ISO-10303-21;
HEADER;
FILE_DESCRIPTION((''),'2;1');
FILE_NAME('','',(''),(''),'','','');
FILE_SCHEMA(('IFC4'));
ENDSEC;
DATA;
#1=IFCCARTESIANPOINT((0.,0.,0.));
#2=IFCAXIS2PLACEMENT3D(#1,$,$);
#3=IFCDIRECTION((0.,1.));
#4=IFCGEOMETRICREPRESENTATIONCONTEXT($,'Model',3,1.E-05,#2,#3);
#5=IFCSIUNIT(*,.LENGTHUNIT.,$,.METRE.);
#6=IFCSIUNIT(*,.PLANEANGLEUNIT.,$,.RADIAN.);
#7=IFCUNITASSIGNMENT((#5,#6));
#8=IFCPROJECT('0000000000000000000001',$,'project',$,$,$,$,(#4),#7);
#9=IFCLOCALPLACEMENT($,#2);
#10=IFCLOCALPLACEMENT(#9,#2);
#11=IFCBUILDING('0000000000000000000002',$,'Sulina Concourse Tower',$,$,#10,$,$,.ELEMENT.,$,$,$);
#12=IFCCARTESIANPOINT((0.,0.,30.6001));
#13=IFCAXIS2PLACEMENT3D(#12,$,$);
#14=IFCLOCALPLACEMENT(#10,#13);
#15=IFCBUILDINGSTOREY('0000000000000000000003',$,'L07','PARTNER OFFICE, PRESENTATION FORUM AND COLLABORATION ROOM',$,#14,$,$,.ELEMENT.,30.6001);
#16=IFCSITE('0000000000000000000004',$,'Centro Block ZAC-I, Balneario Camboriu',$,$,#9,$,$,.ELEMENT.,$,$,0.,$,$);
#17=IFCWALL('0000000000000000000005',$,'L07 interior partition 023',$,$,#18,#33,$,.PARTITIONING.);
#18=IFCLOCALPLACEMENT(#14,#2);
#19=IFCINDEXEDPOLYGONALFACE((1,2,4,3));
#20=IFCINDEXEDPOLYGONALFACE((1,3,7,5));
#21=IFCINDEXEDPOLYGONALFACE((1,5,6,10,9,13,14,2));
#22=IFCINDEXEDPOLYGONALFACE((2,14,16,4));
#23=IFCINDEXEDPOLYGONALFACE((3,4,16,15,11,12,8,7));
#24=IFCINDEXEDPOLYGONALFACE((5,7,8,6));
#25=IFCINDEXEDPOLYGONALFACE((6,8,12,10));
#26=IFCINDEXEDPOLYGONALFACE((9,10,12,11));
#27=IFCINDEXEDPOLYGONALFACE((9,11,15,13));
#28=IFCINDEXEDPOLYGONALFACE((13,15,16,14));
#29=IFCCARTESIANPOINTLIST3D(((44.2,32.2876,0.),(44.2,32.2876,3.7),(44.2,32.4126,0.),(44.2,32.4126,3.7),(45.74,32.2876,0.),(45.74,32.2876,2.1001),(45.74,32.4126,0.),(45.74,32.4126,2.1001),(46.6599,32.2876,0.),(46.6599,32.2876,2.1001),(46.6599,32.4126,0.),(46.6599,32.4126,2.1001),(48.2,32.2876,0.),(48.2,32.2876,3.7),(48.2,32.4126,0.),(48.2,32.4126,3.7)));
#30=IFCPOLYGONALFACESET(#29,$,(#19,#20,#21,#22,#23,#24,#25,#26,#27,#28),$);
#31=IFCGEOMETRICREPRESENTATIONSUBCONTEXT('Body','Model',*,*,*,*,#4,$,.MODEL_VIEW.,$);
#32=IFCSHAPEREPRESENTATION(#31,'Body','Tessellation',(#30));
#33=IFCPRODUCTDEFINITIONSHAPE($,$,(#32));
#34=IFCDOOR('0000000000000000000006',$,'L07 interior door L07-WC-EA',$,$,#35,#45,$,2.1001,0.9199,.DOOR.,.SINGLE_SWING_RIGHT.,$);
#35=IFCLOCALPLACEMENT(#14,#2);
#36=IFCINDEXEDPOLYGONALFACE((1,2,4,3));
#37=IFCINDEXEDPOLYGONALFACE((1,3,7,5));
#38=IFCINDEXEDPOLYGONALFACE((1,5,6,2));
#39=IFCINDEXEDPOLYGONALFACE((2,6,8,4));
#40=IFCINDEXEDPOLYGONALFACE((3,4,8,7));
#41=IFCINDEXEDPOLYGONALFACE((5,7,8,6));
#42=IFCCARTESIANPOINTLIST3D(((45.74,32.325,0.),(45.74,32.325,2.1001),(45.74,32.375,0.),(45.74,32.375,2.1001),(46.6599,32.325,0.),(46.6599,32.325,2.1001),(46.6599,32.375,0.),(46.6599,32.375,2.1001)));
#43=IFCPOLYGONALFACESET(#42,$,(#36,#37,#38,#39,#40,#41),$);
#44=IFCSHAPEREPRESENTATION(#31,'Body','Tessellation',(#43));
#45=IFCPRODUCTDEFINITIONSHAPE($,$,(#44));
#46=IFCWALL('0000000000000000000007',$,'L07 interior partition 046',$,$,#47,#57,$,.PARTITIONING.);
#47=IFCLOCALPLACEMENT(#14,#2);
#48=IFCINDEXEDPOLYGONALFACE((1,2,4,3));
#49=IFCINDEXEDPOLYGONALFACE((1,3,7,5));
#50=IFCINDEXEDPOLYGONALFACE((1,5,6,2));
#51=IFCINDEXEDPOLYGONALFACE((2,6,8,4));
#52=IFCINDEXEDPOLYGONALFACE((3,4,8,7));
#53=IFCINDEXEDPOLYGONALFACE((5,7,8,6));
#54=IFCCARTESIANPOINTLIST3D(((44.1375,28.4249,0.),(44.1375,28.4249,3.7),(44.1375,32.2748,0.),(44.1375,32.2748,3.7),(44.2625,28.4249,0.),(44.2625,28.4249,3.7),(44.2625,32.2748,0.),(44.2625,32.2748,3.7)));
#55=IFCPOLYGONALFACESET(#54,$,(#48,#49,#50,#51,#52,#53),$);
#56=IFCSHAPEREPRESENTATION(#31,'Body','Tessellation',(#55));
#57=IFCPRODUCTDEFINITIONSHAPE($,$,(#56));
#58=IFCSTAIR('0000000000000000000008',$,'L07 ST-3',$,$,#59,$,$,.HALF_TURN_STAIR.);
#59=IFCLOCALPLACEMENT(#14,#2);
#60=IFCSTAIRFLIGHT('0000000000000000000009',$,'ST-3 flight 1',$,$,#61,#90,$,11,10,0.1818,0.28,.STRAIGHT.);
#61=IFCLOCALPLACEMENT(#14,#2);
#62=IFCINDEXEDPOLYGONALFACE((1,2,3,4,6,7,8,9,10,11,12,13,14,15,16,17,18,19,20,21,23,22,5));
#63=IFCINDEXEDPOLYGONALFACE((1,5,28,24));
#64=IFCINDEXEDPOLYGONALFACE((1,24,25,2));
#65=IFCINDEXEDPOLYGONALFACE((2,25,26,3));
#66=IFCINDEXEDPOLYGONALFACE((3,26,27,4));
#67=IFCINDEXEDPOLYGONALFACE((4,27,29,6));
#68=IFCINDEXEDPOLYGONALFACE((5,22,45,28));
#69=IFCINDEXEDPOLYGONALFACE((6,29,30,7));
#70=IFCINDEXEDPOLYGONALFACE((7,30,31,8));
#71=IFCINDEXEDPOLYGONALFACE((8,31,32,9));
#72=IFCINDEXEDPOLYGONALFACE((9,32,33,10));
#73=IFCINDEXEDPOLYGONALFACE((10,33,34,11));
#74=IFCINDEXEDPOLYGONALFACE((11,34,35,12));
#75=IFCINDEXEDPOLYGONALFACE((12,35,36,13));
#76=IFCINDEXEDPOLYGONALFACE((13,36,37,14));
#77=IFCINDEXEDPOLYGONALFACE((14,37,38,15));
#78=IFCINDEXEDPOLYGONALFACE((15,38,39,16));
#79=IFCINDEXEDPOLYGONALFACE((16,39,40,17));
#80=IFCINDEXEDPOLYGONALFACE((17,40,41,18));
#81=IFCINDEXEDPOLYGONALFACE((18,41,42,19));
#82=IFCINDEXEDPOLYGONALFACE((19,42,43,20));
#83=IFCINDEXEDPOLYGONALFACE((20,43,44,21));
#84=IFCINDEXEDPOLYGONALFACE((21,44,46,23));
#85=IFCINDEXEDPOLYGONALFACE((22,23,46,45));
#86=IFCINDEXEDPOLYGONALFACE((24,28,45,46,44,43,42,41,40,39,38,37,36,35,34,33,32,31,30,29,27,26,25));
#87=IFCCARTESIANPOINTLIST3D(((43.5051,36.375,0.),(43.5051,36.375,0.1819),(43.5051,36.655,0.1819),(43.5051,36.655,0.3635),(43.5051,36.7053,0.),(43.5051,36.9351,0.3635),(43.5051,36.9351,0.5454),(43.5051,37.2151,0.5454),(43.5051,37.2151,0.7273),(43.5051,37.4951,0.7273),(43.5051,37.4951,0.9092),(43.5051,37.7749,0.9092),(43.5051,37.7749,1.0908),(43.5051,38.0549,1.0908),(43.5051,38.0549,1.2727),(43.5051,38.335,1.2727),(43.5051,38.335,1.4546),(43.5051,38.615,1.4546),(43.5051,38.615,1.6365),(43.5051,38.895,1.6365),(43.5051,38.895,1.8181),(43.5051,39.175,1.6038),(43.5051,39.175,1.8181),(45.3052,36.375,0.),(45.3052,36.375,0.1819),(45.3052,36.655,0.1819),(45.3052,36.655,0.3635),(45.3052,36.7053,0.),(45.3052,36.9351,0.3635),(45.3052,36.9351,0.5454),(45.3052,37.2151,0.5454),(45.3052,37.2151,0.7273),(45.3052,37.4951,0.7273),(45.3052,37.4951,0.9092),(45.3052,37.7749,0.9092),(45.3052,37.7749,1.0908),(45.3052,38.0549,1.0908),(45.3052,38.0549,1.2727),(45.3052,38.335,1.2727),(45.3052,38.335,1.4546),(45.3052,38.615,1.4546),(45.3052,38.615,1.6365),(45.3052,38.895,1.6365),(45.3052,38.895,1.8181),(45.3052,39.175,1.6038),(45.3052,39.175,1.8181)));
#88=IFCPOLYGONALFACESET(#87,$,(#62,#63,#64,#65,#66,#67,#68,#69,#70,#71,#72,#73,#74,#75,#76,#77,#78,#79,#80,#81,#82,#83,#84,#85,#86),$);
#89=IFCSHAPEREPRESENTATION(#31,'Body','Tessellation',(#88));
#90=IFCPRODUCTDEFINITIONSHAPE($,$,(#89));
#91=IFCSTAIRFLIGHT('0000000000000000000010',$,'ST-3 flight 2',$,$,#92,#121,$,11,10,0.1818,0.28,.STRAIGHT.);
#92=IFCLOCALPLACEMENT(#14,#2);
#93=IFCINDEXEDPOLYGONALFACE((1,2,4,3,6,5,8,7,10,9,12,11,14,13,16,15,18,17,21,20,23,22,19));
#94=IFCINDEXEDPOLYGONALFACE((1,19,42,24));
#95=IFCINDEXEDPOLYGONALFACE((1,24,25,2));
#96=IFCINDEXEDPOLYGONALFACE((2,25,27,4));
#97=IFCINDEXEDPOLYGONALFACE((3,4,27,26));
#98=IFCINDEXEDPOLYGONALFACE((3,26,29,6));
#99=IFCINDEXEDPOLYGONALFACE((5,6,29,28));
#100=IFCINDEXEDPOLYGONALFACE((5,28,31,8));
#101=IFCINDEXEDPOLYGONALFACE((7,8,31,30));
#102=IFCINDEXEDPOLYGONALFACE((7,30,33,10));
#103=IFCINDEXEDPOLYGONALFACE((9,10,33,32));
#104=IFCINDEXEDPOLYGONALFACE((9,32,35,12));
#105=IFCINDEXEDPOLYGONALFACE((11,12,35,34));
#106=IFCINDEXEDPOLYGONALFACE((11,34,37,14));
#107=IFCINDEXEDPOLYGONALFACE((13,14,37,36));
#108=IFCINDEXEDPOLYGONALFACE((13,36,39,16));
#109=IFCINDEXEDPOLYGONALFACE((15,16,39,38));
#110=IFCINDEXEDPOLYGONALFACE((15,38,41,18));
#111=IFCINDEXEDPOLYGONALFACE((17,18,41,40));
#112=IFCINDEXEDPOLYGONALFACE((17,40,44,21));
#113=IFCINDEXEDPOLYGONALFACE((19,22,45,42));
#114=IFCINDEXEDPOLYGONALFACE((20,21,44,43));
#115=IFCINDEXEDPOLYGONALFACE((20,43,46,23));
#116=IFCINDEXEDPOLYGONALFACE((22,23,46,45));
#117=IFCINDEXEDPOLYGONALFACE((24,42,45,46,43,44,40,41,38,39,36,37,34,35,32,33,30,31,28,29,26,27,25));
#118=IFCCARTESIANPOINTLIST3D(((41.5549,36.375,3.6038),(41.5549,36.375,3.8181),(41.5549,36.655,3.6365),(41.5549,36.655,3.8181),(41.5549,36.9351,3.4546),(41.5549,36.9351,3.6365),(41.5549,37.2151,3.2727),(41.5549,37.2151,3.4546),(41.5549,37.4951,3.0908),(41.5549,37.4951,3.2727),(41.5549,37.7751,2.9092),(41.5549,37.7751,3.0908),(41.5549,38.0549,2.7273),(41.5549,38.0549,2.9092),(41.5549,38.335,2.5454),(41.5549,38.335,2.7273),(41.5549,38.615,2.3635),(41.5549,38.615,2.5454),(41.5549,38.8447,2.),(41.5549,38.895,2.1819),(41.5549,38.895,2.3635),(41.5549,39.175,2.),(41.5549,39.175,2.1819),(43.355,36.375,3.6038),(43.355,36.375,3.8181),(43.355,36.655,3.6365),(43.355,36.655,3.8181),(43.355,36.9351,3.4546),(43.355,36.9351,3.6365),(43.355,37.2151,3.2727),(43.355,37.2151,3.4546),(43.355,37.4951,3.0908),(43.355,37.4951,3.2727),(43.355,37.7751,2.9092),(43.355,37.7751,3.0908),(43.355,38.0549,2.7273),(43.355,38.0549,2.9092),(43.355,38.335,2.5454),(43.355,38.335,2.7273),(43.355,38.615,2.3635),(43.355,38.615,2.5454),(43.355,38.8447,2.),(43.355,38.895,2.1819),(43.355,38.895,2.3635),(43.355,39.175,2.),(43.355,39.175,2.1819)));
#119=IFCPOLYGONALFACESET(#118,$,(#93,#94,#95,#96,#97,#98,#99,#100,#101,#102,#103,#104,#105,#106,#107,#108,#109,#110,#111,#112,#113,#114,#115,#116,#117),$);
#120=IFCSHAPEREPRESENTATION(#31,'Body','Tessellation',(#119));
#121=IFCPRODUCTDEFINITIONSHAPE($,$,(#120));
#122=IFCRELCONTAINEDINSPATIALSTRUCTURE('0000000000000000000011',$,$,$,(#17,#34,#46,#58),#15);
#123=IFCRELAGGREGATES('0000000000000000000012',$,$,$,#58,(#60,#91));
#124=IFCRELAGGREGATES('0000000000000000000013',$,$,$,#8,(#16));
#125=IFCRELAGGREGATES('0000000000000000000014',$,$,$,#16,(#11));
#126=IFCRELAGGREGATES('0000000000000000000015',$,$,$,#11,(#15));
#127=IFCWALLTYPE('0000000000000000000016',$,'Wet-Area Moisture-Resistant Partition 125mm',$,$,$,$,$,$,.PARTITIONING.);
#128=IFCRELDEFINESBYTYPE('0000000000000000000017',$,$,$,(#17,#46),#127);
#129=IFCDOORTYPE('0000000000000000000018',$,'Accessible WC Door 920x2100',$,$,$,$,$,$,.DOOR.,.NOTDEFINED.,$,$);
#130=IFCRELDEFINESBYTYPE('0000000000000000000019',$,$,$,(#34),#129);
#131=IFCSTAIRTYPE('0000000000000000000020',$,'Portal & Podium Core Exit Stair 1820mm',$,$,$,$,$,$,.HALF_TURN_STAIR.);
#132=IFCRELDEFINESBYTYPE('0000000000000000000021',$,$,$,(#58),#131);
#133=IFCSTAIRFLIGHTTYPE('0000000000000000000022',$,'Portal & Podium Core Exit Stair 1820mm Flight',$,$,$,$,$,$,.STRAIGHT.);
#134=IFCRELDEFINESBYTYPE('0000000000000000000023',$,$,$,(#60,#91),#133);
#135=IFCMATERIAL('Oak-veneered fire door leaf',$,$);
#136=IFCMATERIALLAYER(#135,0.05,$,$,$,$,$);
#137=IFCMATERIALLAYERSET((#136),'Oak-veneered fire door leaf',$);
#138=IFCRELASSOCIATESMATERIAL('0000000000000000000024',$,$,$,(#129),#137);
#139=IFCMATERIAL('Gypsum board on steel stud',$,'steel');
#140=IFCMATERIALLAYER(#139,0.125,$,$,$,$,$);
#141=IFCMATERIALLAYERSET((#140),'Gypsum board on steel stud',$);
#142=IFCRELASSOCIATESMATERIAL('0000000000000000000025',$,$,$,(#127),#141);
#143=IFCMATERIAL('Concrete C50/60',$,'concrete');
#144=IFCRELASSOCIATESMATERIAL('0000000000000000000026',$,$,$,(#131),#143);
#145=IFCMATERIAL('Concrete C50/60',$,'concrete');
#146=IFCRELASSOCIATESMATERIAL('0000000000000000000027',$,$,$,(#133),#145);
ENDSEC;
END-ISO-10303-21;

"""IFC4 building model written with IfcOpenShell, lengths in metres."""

from ifc_helpers import new_model, si_unit, direction, frame, frame_2d, origin, place, context, subcontext, project, spatial, polyline, rectangle, outline, extrude, material, layer, layer_set, type_object, element, fill, aggregate, save


model = new_model("IFC4")

# Units and contexts
model_context = context("Model", 3, precision=1e-05, world=origin(), true_north=direction((0.0, 1.0)))
body_context = subcontext(model_context, "Body", "Model", "MODEL_VIEW")
ifc_project = project(units=[si_unit("LENGTHUNIT", "METRE"), si_unit("PLANEANGLEUNIT", "RADIAN")], contexts=[model_context])

# Site, building, storey
site_placement = place(None, origin())
site = spatial("IfcSite", under=ifc_project, at=site_placement, Name="Centro Block ZAC-I, Balneario Camboriu", CompositionType="ELEMENT", RefElevation=0.0)
building_placement = place(site_placement, origin())
building = spatial("IfcBuilding", under=site, at=building_placement, Name="Sulina Concourse Tower", CompositionType="ELEMENT")
storey_placement = place(building_placement, frame((0.0, 0.0, 30.6001)))
storey = spatial("IfcBuildingStorey", under=building, at=storey_placement, Name="L07", Description="PARTNER OFFICE, PRESENTATION FORUM AND COLLABORATION ROOM", CompositionType="ELEMENT", Elevation=30.6001)

# Shared definitions
ifc_material_1 = material(Name="Oak-veneered fire door leaf")
ifc_layer_1 = layer(ifc_material_1, 0.05)
ifc_layer_set_1 = layer_set([ifc_layer_1], Name="Oak-veneered fire door leaf")
door_type_1 = type_object("IfcDoorType", Name="Accessible WC Door 920x2100", OperationType="NOTDEFINED", PredefinedType="DOOR", material=ifc_layer_set_1)

# Shared definitions
ifc_material_2 = material(Name="Gypsum board on steel stud", Category="steel")
ifc_layer_2 = layer(ifc_material_2, 0.125)
ifc_layer_set_2 = layer_set([ifc_layer_2], Name="Gypsum board on steel stud")
wall_type_1 = type_object("IfcWallType", Name="Wet-Area Moisture-Resistant Partition 125mm", PredefinedType="PARTITIONING", material=ifc_layer_set_2)

# Wall, opening, door
wall_1_placement = place(storey_placement, frame((44.2, 32.3501, 0.0), z_axis=(0.0, 0.0, 1.0), x_axis=(1.0, 0.0, 0.0)))
wall_1 = element("IfcWall", 1, at=wall_1_placement, inside=storey, type_object=wall_type_1, Name="L07 interior partition 023", PredefinedType="PARTITIONING", context=body_context, shape_type="SweptSolid", body=[
    extrude(rectangle(XDim=4.0, YDim=0.125, at=frame_2d((2.0, 0.0))), origin(), (0.0, 0.0, 1.0), 3.7),
])
opening_1_placement = place(wall_1_placement, frame((1.54, 0.0, 0.0)))
opening_1 = element("IfcOpeningElement", 2, at=opening_1_placement, cuts=wall_1, PredefinedType="OPENING", context=body_context, shape_type="SweptSolid", body=[
    extrude(rectangle(XDim=0.9199, YDim=2.1001, at=frame_2d((0.46, 1.05))), frame((0.0, 0.0725, 0.0), z_axis=(0.0, -1.0, 0.0), x_axis=(1.0, 0.0, 0.0)), (0.0, 0.0, 1.0), 0.145),
])
door_1_placement = place(opening_1_placement, origin())
door_1 = element("IfcDoor", 3, at=door_1_placement, inside=storey, type_object=door_type_1, Name="L07 interior door L07-WC-EA", OperationType="SINGLE_SWING_RIGHT", OverallHeight=2.1001, OverallWidth=0.9199, PredefinedType="DOOR", context=body_context, shape_type="SweptSolid", body=[
    extrude(rectangle(XDim=0.9199, YDim=2.1001, at=frame_2d((0.46, 1.05))), frame((0.0, 0.0249, 0.0), z_axis=(0.0, -1.0, 0.0), x_axis=(1.0, 0.0, 0.0)), (0.0, 0.0, 1.0), 0.05),
])
fill(opening_1, door_1)

# Wall
wall_2_placement = place(storey_placement, frame((44.2, 28.425, 0.0), z_axis=(0.0, 0.0, 1.0), x_axis=(0.0, 1.0, 0.0)))
element("IfcWall", 4, at=wall_2_placement, inside=storey, type_object=wall_type_1, Name="L07 interior partition 046", PredefinedType="PARTITIONING", context=body_context, shape_type="SweptSolid", body=[
    extrude(rectangle(XDim=3.8499, YDim=0.125, at=frame_2d((1.9248, 0.0))), origin(), (0.0, 0.0, 1.0), 3.7),
])

# Stair, stair flights
ifc_material_3 = material(Name="Concrete C50/60", Category="concrete")
stair_type = type_object("IfcStairType", Name="Portal & Podium Core Exit Stair 1820mm", PredefinedType="HALF_TURN_STAIR", material=ifc_material_3)
stair_placement = place(storey_placement, origin())
stair = element("IfcStair", 5, at=stair_placement, inside=storey, type_object=stair_type, Name="L07 ST-3", PredefinedType="HALF_TURN_STAIR")
ifc_material_4 = material(Name="Concrete C50/60", Category="concrete")
stair_flight_type = type_object("IfcStairFlightType", Name="Portal & Podium Core Exit Stair 1820mm Flight", PredefinedType="STRAIGHT", material=ifc_material_4)
stair_flight_1_placement = place(storey_placement, frame((44.405, 36.375, 0.0), z_axis=(0.0, 0.0, 1.0), x_axis=(0.0, 1.0, 0.0)))
stair_flight_1 = element("IfcStairFlight", 6, at=stair_flight_1_placement, type_object=stair_flight_type, Name="ST-3 flight 1", NumberOfRisers=11, NumberOfTreads=10, PredefinedType="STRAIGHT", RiserHeight=0.1818, TreadLength=0.28, context=body_context, shape_type="SweptSolid", body=[
    extrude(outline(polyline([(0.0, 0.0), (0.0, 0.1819), (0.28, 0.1819), (0.28, 0.3635), (0.5601, 0.3635), (0.5601, 0.5454), (0.8401, 0.5454), (0.8401, 0.7273), (1.1201, 0.7273), (1.1201, 0.9092), (1.3999, 0.9092), (1.3999, 1.0908), (1.6799, 1.0908), (1.6799, 1.2727), (1.96, 1.2727), (1.96, 1.4546), (2.24, 1.4546), (2.24, 1.6365), (2.52, 1.6365), (2.52, 1.8181), (2.8, 1.8181), (2.8, 2.0), (2.8, 1.6038), (0.3303, 0.0), (0.0, 0.0)])), frame((0.0, 0.8999, 0.0), z_axis=(0.0, -1.0, 0.0), x_axis=(1.0, 0.0, 0.0)), (0.0, 0.0, 1.0), 1.8),
])
stair_flight_2_placement = place(storey_placement, frame((42.4551, 39.175, 2.0), z_axis=(0.0, 0.0, 1.0), x_axis=(0.0, -1.0, 0.0)))
stair_flight_2 = element("IfcStairFlight", 7, at=stair_flight_2_placement, type_object=stair_flight_type, Name="ST-3 flight 2", NumberOfRisers=11, NumberOfTreads=10, PredefinedType="STRAIGHT", RiserHeight=0.1818, TreadLength=0.28, context=body_context, shape_type="SweptSolid", body=[
    extrude(outline(polyline([(0.0, 0.0), (0.0, 0.1819), (0.28, 0.1819), (0.28, 0.3635), (0.5601, 0.3635), (0.5601, 0.5454), (0.8401, 0.5454), (0.8401, 0.7273), (1.1201, 0.7273), (1.1201, 0.9092), (1.3999, 0.9092), (1.3999, 1.0908), (1.6799, 1.0908), (1.6799, 1.2727), (1.96, 1.2727), (1.96, 1.4546), (2.24, 1.4546), (2.24, 1.6365), (2.52, 1.6365), (2.52, 1.8181), (2.8, 1.8181), (2.8, 2.0), (2.8, 1.6038), (0.3303, 0.0), (0.0, 0.0)])), frame((0.0, 0.8999, 0.0), z_axis=(0.0, -1.0, 0.0), x_axis=(1.0, 0.0, 0.0)), (0.0, 0.0, 1.0), 1.8),
])
aggregate(stair, [stair_flight_1, stair_flight_2])

save(model, "model.ifc")
